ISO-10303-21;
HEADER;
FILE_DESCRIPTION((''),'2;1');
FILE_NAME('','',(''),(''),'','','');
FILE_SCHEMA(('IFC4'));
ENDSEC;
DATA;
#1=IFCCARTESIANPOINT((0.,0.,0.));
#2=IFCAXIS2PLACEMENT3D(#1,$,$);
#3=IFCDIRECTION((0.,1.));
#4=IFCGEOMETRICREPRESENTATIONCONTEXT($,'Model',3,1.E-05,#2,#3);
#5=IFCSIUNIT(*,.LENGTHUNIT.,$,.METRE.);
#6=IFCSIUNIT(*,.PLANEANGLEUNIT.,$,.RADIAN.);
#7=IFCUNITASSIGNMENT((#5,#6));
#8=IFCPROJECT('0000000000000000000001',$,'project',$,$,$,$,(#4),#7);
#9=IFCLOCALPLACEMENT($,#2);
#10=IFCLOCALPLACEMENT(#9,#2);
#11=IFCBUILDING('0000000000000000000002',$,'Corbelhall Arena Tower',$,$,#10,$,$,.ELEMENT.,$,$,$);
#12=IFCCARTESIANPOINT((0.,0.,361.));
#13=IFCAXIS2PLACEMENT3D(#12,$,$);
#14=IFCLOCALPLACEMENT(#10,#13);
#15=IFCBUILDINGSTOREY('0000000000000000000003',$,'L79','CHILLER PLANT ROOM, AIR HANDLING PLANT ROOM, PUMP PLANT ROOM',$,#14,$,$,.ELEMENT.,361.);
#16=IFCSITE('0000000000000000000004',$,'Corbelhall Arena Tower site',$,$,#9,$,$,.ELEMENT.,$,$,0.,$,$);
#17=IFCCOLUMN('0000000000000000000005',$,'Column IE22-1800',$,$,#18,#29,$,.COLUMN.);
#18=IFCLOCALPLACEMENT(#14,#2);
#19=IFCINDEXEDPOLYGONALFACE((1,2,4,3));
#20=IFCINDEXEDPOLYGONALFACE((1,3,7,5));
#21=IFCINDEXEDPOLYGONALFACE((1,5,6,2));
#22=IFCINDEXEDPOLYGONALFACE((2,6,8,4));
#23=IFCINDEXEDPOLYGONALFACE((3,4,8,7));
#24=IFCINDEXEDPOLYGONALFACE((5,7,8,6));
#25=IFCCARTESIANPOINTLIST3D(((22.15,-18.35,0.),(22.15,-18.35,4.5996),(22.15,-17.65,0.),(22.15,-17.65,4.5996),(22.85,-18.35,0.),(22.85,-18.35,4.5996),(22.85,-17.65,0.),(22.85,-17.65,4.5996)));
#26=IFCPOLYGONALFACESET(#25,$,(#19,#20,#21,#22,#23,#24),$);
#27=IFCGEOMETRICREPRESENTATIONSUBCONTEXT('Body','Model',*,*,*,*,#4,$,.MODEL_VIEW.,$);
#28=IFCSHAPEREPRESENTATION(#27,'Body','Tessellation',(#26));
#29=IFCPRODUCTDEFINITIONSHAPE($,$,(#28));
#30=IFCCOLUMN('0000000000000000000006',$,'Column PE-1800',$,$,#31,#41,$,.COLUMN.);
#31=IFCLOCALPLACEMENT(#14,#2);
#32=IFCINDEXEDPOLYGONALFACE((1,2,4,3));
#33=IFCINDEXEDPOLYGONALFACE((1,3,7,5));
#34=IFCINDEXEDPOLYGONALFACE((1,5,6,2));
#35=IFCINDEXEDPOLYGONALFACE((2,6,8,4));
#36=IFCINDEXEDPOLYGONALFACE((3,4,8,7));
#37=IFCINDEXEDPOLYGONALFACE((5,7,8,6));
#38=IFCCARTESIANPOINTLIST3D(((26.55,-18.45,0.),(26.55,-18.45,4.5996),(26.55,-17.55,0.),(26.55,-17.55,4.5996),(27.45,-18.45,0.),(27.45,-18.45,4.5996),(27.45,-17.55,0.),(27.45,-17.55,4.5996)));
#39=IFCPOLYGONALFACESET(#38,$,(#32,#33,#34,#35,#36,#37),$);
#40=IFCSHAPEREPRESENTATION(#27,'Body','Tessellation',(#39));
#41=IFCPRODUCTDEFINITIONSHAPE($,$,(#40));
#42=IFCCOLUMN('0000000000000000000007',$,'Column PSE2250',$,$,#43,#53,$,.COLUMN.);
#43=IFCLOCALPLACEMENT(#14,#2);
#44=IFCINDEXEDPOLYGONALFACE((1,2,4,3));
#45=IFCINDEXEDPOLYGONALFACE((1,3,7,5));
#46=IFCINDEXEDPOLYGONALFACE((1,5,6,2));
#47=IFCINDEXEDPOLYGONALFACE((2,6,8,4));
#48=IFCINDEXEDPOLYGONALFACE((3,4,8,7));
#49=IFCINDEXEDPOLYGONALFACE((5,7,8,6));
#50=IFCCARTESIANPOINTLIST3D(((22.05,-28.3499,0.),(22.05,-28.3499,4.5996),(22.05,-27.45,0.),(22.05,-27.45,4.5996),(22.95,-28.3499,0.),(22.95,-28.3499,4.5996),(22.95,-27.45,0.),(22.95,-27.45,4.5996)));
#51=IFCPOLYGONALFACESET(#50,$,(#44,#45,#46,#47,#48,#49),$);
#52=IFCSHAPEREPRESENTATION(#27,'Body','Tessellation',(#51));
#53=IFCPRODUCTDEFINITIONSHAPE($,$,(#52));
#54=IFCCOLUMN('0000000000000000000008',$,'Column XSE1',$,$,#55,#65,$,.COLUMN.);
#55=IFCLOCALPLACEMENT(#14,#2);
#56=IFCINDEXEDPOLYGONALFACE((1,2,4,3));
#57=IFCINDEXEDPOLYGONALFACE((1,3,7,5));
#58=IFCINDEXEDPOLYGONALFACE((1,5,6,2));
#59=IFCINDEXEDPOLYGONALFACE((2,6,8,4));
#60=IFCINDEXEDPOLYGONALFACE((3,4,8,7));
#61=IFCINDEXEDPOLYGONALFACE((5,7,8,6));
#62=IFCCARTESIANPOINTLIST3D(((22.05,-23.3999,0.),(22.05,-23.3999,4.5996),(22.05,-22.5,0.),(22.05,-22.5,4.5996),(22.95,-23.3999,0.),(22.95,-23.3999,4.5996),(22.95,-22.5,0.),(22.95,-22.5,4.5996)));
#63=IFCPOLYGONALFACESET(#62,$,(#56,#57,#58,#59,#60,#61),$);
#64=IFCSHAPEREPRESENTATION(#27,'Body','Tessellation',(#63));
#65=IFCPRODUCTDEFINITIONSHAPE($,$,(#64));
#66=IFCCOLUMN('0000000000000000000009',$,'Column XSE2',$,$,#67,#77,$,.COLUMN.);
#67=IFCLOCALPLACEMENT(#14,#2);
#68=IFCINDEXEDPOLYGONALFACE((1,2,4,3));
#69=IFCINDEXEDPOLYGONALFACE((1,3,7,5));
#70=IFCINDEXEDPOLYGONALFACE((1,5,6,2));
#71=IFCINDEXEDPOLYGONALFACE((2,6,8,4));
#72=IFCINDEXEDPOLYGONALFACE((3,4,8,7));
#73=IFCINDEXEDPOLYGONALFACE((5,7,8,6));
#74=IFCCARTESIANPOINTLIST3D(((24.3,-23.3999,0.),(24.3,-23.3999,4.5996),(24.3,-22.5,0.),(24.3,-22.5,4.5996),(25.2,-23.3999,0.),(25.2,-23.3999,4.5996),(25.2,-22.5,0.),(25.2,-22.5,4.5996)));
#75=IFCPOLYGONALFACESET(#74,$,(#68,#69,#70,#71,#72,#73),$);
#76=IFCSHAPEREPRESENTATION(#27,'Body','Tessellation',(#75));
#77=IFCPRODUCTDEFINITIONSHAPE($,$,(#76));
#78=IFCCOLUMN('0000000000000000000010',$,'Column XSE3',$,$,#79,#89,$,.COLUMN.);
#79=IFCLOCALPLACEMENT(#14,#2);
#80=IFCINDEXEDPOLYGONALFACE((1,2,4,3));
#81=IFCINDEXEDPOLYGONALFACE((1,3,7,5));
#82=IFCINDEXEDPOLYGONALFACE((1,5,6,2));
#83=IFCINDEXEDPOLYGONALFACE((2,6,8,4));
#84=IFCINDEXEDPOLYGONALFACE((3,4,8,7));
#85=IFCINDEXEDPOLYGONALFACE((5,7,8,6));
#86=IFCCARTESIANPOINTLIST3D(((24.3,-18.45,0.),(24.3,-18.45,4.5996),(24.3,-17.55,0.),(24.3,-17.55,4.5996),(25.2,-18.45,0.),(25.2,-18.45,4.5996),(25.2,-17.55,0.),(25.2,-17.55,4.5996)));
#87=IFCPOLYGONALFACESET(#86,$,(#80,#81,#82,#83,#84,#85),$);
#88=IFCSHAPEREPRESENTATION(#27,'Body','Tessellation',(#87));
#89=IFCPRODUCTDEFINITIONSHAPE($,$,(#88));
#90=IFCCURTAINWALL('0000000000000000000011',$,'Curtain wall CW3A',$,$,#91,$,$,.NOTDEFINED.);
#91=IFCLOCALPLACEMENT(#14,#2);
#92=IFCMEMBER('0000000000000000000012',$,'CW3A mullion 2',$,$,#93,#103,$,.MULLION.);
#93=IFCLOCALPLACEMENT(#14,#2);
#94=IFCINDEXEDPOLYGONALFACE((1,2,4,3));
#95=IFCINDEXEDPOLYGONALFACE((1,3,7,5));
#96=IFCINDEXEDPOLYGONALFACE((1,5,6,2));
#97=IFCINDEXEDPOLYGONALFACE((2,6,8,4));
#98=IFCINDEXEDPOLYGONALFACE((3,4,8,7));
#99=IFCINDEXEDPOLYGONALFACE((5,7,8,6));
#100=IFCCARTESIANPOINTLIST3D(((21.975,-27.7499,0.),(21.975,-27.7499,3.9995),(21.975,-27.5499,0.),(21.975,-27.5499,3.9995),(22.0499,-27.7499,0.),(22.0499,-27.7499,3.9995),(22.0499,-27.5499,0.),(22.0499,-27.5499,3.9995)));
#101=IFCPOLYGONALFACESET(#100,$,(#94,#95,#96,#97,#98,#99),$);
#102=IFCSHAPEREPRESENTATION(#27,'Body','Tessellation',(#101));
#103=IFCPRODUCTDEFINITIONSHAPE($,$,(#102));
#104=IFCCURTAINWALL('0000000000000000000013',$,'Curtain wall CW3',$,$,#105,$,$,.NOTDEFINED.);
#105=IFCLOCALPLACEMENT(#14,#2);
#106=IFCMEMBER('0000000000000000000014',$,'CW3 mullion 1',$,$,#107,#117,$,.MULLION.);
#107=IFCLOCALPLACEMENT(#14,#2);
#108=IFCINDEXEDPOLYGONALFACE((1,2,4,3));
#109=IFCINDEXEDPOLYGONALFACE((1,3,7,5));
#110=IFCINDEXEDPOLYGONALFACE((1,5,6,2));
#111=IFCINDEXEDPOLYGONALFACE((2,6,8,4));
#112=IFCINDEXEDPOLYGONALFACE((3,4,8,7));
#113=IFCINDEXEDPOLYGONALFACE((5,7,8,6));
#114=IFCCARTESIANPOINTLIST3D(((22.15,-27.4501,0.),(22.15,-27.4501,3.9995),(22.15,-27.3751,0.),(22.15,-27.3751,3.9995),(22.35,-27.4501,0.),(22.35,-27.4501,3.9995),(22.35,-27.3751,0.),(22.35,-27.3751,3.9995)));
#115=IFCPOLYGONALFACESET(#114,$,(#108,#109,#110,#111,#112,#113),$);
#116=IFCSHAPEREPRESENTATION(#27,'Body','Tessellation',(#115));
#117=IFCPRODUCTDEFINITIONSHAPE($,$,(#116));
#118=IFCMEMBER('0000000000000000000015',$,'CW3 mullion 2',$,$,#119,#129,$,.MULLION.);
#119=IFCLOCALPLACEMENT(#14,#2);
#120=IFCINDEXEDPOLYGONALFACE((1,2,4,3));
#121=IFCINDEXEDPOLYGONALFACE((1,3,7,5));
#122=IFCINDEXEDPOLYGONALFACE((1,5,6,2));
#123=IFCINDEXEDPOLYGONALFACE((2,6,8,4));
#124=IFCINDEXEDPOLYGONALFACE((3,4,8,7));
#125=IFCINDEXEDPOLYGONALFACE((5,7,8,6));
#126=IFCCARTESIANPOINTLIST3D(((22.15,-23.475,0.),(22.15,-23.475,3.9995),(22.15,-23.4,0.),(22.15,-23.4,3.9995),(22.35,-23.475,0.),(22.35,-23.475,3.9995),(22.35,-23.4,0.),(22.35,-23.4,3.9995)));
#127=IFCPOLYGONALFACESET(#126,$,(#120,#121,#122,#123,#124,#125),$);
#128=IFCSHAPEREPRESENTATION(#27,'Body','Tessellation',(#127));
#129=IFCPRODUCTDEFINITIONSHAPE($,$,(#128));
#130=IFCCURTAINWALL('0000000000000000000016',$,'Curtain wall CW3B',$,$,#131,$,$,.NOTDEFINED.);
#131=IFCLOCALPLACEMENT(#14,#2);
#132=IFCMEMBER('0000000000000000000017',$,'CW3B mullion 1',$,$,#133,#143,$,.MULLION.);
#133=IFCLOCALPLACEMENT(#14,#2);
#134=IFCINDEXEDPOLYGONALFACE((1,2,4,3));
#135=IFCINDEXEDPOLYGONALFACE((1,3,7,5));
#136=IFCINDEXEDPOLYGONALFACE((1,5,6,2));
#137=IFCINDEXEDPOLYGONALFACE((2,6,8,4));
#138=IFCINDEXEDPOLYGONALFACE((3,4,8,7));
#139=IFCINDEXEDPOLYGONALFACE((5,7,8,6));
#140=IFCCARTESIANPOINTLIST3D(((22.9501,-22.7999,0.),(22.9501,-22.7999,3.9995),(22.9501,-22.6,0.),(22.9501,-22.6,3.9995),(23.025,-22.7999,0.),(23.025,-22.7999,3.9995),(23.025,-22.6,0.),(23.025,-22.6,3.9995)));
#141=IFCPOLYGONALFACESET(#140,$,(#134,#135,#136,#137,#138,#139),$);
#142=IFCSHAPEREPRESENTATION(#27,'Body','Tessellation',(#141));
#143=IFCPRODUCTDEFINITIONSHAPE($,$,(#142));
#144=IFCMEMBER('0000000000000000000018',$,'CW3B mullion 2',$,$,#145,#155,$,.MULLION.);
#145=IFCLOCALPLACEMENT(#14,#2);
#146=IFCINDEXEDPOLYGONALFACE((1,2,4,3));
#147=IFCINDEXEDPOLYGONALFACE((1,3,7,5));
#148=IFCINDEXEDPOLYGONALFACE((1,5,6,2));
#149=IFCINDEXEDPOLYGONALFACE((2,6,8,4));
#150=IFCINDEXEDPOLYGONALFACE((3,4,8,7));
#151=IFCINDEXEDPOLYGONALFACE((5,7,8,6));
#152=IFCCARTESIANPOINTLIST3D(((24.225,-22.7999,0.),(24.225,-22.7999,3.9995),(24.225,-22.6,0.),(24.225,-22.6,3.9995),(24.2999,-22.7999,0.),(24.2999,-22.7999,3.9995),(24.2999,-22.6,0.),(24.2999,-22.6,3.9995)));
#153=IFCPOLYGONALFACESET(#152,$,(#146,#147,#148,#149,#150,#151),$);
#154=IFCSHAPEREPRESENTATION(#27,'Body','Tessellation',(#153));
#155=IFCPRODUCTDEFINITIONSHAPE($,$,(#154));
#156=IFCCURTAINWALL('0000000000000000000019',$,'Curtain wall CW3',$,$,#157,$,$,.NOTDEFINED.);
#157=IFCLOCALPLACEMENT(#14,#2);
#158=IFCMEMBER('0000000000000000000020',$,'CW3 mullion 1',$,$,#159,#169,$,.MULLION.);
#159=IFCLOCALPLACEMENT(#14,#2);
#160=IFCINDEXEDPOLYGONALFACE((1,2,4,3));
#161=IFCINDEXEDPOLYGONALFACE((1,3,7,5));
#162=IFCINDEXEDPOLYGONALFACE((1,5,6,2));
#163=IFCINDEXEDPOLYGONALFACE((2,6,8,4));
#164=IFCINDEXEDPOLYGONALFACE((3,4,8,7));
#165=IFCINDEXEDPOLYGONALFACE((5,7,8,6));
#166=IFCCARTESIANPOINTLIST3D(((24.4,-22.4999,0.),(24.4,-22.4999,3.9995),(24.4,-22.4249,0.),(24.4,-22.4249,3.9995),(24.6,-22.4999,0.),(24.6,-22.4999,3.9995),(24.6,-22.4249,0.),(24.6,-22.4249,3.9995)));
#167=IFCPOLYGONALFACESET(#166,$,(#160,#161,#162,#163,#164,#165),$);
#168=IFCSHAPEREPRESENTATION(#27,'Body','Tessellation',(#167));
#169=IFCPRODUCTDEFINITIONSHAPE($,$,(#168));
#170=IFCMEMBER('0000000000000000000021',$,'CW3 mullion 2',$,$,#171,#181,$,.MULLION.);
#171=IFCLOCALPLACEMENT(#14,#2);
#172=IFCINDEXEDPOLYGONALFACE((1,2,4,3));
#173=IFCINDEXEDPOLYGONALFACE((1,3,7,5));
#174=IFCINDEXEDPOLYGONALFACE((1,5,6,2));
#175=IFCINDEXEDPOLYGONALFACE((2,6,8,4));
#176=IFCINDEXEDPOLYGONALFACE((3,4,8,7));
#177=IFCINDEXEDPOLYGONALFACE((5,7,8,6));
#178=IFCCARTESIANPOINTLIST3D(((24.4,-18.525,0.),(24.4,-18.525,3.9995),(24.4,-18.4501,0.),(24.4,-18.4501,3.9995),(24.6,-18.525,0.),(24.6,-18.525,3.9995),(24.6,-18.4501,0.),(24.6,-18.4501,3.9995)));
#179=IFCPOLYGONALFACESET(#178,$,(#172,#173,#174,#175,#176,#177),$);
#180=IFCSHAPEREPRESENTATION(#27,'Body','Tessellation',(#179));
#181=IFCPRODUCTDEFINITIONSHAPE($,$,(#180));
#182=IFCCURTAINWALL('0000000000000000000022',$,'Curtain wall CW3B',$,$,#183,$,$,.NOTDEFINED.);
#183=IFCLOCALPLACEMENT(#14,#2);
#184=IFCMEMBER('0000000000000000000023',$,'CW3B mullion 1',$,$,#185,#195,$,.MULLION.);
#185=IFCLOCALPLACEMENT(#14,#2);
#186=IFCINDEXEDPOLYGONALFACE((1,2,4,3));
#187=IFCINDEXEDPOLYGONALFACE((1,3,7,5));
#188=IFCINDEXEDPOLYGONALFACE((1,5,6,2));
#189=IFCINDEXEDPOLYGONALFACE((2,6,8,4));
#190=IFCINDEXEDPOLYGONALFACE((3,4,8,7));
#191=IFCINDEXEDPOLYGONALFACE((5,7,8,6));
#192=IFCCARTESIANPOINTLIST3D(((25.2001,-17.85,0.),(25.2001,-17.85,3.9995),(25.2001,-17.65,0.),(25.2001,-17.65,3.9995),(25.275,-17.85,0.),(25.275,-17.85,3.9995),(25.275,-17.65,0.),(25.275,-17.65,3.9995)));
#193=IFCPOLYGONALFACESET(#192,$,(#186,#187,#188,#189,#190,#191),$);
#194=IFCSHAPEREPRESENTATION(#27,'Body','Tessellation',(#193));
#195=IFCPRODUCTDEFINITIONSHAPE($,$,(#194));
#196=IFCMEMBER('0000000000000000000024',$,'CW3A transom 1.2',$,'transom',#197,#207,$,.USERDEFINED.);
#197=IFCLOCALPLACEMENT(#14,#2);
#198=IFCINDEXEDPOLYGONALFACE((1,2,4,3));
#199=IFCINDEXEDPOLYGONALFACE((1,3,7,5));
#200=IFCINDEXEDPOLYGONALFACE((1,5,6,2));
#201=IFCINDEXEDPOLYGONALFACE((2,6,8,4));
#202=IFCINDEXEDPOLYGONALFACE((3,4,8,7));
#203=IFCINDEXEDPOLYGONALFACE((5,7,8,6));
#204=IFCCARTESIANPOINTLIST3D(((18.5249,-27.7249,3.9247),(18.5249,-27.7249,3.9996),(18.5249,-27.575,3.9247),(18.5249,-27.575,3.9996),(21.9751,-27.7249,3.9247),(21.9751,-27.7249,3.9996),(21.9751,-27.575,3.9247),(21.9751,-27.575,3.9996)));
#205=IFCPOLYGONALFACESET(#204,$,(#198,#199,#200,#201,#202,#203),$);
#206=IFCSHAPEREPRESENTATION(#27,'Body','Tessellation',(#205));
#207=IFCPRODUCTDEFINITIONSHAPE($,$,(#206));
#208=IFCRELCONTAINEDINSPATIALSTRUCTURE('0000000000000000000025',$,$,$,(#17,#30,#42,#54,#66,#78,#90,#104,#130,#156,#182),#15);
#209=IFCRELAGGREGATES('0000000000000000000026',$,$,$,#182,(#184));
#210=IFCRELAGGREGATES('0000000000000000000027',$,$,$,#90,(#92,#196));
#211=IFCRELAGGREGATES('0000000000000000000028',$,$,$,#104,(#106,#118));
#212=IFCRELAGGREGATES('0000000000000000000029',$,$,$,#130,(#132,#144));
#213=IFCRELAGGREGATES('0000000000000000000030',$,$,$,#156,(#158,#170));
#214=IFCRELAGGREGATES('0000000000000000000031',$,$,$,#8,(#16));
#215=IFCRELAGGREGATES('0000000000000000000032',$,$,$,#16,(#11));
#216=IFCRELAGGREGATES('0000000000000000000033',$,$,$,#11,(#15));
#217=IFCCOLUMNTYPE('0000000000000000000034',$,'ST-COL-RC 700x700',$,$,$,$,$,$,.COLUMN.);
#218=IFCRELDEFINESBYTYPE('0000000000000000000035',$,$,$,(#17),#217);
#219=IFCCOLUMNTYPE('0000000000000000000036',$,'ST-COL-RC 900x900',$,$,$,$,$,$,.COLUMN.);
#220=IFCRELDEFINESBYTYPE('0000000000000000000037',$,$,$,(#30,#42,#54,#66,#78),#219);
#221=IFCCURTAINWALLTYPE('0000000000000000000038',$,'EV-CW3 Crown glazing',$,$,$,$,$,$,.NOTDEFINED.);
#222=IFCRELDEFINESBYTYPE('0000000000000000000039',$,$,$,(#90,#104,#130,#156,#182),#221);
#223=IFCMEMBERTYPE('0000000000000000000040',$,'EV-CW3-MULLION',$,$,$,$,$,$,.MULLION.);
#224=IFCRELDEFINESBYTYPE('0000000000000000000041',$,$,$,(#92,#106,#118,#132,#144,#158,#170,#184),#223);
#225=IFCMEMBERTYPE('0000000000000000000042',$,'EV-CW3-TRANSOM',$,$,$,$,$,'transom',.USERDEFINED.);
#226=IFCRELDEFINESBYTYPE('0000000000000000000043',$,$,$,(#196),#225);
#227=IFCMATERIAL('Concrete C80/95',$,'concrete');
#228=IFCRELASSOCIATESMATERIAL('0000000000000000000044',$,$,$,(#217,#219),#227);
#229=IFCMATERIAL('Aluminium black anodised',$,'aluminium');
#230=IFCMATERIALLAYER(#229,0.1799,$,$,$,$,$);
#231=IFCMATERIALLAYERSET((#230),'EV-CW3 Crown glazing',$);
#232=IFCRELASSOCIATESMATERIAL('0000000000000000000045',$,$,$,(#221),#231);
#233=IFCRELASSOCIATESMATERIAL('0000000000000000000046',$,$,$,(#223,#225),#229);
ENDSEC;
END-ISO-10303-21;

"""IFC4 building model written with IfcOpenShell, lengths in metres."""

from ifc_helpers import new_model, si_unit, direction, frame, origin, origin_2d, place, context, subcontext, project, spatial, rectangle, extrude, material, layer, layer_set, material_profile, profile_set, type_object, element, aggregate, save


model = new_model("IFC4")

# Units and contexts
model_context = context("Model", 3, precision=1e-05, world=origin(), true_north=direction((0.0, 1.0)))
body_context = subcontext(model_context, "Body", "Model", "MODEL_VIEW")
ifc_project = project(units=[si_unit("LENGTHUNIT", "METRE"), si_unit("PLANEANGLEUNIT", "RADIAN")], contexts=[model_context])

# Site, building, storey
site_placement = place(None, origin())
site = spatial("IfcSite", under=ifc_project, at=site_placement, Name="Corbelhall Arena Tower site", CompositionType="ELEMENT", RefElevation=0.0)
building_placement = place(site_placement, origin())
building = spatial("IfcBuilding", under=site, at=building_placement, Name="Corbelhall Arena Tower", CompositionType="ELEMENT")
storey_placement = place(building_placement, frame((0.0, 0.0, 361.0)))
storey = spatial("IfcBuildingStorey", under=building, at=storey_placement, Name="L79", Description="CHILLER PLANT ROOM, AIR HANDLING PLANT ROOM, PUMP PLANT ROOM", CompositionType="ELEMENT", Elevation=361.0)

# Columns
ifc_material_1 = material(Name="Concrete C80/95", Category="concrete")
ifc_material_profile_1 = material_profile(ifc_material_1, rectangle(XDim=0.7, YDim=0.7, at=origin_2d()))
ifc_profile_set_1 = profile_set([ifc_material_profile_1], Name="Concrete C80/95")
column_type_1 = type_object("IfcColumnType", Name="ST-COL-RC 700x700", PredefinedType="COLUMN", material=ifc_profile_set_1)
column_placement = place(storey_placement, frame((22.5, -18.0, 0.0), z_axis=(0.0, 0.0, 1.0), x_axis=(1.0, 0.0, 0.0)))
element("IfcColumn", 1, at=column_placement, inside=storey, type_object=column_type_1, Name="Column IE22-1800", PredefinedType="COLUMN", context=body_context, shape_type="SweptSolid", body=[
    extrude(rectangle(XDim=0.7, YDim=0.7, at=origin_2d()), origin(), (0.0, 0.0, 1.0), 4.5996),
])
ifc_material_profile_2 = material_profile(ifc_material_1, rectangle(XDim=0.8999, YDim=0.8999, at=origin_2d()))
ifc_profile_set_2 = profile_set([ifc_material_profile_2], Name="Concrete C80/95")
column_type_2 = type_object("IfcColumnType", Name="ST-COL-RC 900x900", PredefinedType="COLUMN", material=ifc_profile_set_2)
for number, where, z_axis, x_axis, name in (
    (2, (27.0, -18.0, 0.0), (0.0, 0.0, 1.0), (0.0, 1.0, 0.0), "Column PE-1800"),
    (3, (22.5, -27.8999, 0.0), (0.0, 0.0, 1.0), (1.0, 0.0, 0.0), "Column PSE2250"),
    (4, (22.5, -22.95, 0.0), (0.0, 0.0, 1.0), (1.0, 0.0, 0.0), "Column XSE1"),
    (5, (24.75, -22.95, 0.0), (0.0, 0.0, 1.0), (1.0, 0.0, 0.0), "Column XSE2"),
    (6, (24.75, -18.0, 0.0), (0.0, 0.0, 1.0), (1.0, 0.0, 0.0), "Column XSE3"),
):
    element("IfcColumn", number, at=place(storey_placement, frame(where, z_axis=z_axis, x_axis=x_axis)), inside=storey, type_object=column_type_2, Name=name, PredefinedType="COLUMN", context=body_context, shape_type="SweptSolid", body=[
        extrude(rectangle(XDim=0.8999, YDim=0.8999, at=origin_2d()), origin(), (0.0, 0.0, 1.0), 4.5996),
    ])

# Curtain wall, member
ifc_material_2 = material(Name="Aluminium black anodised", Category="aluminium")
ifc_layer_1 = layer(ifc_material_2, 0.1799)
ifc_layer_set_1 = layer_set([ifc_layer_1], Name="EV-CW3 Crown glazing")
curtain_wall_type = type_object("IfcCurtainWallType", Name="EV-CW3 Crown glazing", PredefinedType="NOTDEFINED", material=ifc_layer_set_1)
curtain_wall_1_placement = place(storey_placement, origin())
curtain_wall_1 = element("IfcCurtainWall", 7, at=curtain_wall_1_placement, inside=storey, type_object=curtain_wall_type, Name="Curtain wall CW3A", PredefinedType="NOTDEFINED")
ifc_material_profile_3 = material_profile(ifc_material_2, rectangle(XDim=0.2, YDim=0.075, at=origin_2d()))
ifc_profile_set_3 = profile_set([ifc_material_profile_3], Name="Aluminium black anodised")
member_type_1 = type_object("IfcMemberType", Name="EV-CW3-MULLION", PredefinedType="MULLION", material=ifc_profile_set_3)
member_1_placement = place(storey_placement, frame((22.0125, -27.6499, 0.0), z_axis=(0.0, 0.0, 1.0), x_axis=(0.0, 1.0, 0.0)))
member_1 = element("IfcMember", 8, at=member_1_placement, type_object=member_type_1, Name="CW3A mullion 2", PredefinedType="MULLION", context=body_context, shape_type="SweptSolid", body=[
    extrude(rectangle(XDim=0.2, YDim=0.075, at=origin_2d()), origin(), (0.0, 0.0, 1.0), 3.9995),
])

# Curtain walls, members
curtain_wall_2_placement = place(storey_placement, origin())
curtain_wall_2 = element("IfcCurtainWall", 9, at=curtain_wall_2_placement, inside=storey, type_object=curtain_wall_type, Name="Curtain wall CW3", PredefinedType="NOTDEFINED")
member_2_placement = place(storey_placement, frame((22.25, -27.4126, 0.0), z_axis=(0.0, 0.0, 1.0), x_axis=(-1.0, 0.0, 0.0)))
member_2 = element("IfcMember", 10, at=member_2_placement, type_object=member_type_1, Name="CW3 mullion 1", PredefinedType="MULLION", context=body_context, shape_type="SweptSolid", body=[
    extrude(rectangle(XDim=0.2, YDim=0.075, at=origin_2d()), origin(), (0.0, 0.0, 1.0), 3.9995),
])
member_3_placement = place(storey_placement, frame((22.25, -23.4375, 0.0), z_axis=(0.0, 0.0, 1.0), x_axis=(-1.0, 0.0, 0.0)))
member_3 = element("IfcMember", 11, at=member_3_placement, type_object=member_type_1, Name="CW3 mullion 2", PredefinedType="MULLION", context=body_context, shape_type="SweptSolid", body=[
    extrude(rectangle(XDim=0.2, YDim=0.075, at=origin_2d()), origin(), (0.0, 0.0, 1.0), 3.9995),
])
curtain_wall_3_placement = place(storey_placement, origin())
curtain_wall_3 = element("IfcCurtainWall", 12, at=curtain_wall_3_placement, inside=storey, type_object=curtain_wall_type, Name="Curtain wall CW3B", PredefinedType="NOTDEFINED")
member_4_placement = place(storey_placement, frame((22.9875, -22.7, 0.0), z_axis=(0.0, 0.0, 1.0), x_axis=(0.0, 1.0, 0.0)))
member_4 = element("IfcMember", 13, at=member_4_placement, type_object=member_type_1, Name="CW3B mullion 1", PredefinedType="MULLION", context=body_context, shape_type="SweptSolid", body=[
    extrude(rectangle(XDim=0.2, YDim=0.075, at=origin_2d()), origin(), (0.0, 0.0, 1.0), 3.9995),
])
member_5_placement = place(storey_placement, frame((24.2625, -22.7, 0.0), z_axis=(0.0, 0.0, 1.0), x_axis=(0.0, 1.0, 0.0)))
member_5 = element("IfcMember", 14, at=member_5_placement, type_object=member_type_1, Name="CW3B mullion 2", PredefinedType="MULLION", context=body_context, shape_type="SweptSolid", body=[
    extrude(rectangle(XDim=0.2, YDim=0.075, at=origin_2d()), origin(), (0.0, 0.0, 1.0), 3.9995),
])
curtain_wall_4_placement = place(storey_placement, origin())
curtain_wall_4 = element("IfcCurtainWall", 15, at=curtain_wall_4_placement, inside=storey, type_object=curtain_wall_type, Name="Curtain wall CW3", PredefinedType="NOTDEFINED")
member_6_placement = place(storey_placement, frame((24.5, -22.4624, 0.0), z_axis=(0.0, 0.0, 1.0), x_axis=(-1.0, 0.0, 0.0)))
member_6 = element("IfcMember", 16, at=member_6_placement, type_object=member_type_1, Name="CW3 mullion 1", PredefinedType="MULLION", context=body_context, shape_type="SweptSolid", body=[
    extrude(rectangle(XDim=0.2, YDim=0.075, at=origin_2d()), origin(), (0.0, 0.0, 1.0), 3.9995),
])
member_7_placement = place(storey_placement, frame((24.5, -18.4875, 0.0), z_axis=(0.0, 0.0, 1.0), x_axis=(-1.0, 0.0, 0.0)))
member_7 = element("IfcMember", 17, at=member_7_placement, type_object=member_type_1, Name="CW3 mullion 2", PredefinedType="MULLION", context=body_context, shape_type="SweptSolid", body=[
    extrude(rectangle(XDim=0.2, YDim=0.075, at=origin_2d()), origin(), (0.0, 0.0, 1.0), 3.9995),
])

# Curtain wall, member
curtain_wall_5_placement = place(storey_placement, origin())
curtain_wall_5 = element("IfcCurtainWall", 18, at=curtain_wall_5_placement, inside=storey, type_object=curtain_wall_type, Name="Curtain wall CW3B", PredefinedType="NOTDEFINED")
member_8_placement = place(storey_placement, frame((25.2375, -17.75, 0.0), z_axis=(0.0, 0.0, 1.0), x_axis=(0.0, 1.0, 0.0)))
member_8 = element("IfcMember", 19, at=member_8_placement, type_object=member_type_1, Name="CW3B mullion 1", PredefinedType="MULLION", context=body_context, shape_type="SweptSolid", body=[
    extrude(rectangle(XDim=0.2, YDim=0.075, at=origin_2d()), origin(), (0.0, 0.0, 1.0), 3.9995),
])

# Member
ifc_material_profile_4 = material_profile(ifc_material_2, rectangle(XDim=0.1499, YDim=0.075, at=origin_2d()))
ifc_profile_set_4 = profile_set([ifc_material_profile_4], Name="Aluminium black anodised")
member_type_2 = type_object("IfcMemberType", Name="EV-CW3-TRANSOM", ElementType="transom", PredefinedType="USERDEFINED", material=ifc_profile_set_4)
member_9_placement = place(storey_placement, frame((18.5249, -27.6499, 3.9622), z_axis=(1.0, 0.0, 0.0), x_axis=(0.0, 1.0, 0.0)))
member_9 = element("IfcMember", 20, at=member_9_placement, type_object=member_type_2, Name="CW3A transom 1.2", ObjectType="transom", PredefinedType="USERDEFINED", context=body_context, shape_type="SweptSolid", body=[
    extrude(rectangle(XDim=0.1499, YDim=0.075, at=origin_2d()), origin(), (0.0, 0.0, 1.0), 3.4502),
])
aggregate(curtain_wall_5, [member_8])

aggregate(curtain_wall_1, [member_1, member_9])
aggregate(curtain_wall_2, [member_2, member_3])
aggregate(curtain_wall_3, [member_4, member_5])
aggregate(curtain_wall_4, [member_6, member_7])

save(model, "model.ifc")
